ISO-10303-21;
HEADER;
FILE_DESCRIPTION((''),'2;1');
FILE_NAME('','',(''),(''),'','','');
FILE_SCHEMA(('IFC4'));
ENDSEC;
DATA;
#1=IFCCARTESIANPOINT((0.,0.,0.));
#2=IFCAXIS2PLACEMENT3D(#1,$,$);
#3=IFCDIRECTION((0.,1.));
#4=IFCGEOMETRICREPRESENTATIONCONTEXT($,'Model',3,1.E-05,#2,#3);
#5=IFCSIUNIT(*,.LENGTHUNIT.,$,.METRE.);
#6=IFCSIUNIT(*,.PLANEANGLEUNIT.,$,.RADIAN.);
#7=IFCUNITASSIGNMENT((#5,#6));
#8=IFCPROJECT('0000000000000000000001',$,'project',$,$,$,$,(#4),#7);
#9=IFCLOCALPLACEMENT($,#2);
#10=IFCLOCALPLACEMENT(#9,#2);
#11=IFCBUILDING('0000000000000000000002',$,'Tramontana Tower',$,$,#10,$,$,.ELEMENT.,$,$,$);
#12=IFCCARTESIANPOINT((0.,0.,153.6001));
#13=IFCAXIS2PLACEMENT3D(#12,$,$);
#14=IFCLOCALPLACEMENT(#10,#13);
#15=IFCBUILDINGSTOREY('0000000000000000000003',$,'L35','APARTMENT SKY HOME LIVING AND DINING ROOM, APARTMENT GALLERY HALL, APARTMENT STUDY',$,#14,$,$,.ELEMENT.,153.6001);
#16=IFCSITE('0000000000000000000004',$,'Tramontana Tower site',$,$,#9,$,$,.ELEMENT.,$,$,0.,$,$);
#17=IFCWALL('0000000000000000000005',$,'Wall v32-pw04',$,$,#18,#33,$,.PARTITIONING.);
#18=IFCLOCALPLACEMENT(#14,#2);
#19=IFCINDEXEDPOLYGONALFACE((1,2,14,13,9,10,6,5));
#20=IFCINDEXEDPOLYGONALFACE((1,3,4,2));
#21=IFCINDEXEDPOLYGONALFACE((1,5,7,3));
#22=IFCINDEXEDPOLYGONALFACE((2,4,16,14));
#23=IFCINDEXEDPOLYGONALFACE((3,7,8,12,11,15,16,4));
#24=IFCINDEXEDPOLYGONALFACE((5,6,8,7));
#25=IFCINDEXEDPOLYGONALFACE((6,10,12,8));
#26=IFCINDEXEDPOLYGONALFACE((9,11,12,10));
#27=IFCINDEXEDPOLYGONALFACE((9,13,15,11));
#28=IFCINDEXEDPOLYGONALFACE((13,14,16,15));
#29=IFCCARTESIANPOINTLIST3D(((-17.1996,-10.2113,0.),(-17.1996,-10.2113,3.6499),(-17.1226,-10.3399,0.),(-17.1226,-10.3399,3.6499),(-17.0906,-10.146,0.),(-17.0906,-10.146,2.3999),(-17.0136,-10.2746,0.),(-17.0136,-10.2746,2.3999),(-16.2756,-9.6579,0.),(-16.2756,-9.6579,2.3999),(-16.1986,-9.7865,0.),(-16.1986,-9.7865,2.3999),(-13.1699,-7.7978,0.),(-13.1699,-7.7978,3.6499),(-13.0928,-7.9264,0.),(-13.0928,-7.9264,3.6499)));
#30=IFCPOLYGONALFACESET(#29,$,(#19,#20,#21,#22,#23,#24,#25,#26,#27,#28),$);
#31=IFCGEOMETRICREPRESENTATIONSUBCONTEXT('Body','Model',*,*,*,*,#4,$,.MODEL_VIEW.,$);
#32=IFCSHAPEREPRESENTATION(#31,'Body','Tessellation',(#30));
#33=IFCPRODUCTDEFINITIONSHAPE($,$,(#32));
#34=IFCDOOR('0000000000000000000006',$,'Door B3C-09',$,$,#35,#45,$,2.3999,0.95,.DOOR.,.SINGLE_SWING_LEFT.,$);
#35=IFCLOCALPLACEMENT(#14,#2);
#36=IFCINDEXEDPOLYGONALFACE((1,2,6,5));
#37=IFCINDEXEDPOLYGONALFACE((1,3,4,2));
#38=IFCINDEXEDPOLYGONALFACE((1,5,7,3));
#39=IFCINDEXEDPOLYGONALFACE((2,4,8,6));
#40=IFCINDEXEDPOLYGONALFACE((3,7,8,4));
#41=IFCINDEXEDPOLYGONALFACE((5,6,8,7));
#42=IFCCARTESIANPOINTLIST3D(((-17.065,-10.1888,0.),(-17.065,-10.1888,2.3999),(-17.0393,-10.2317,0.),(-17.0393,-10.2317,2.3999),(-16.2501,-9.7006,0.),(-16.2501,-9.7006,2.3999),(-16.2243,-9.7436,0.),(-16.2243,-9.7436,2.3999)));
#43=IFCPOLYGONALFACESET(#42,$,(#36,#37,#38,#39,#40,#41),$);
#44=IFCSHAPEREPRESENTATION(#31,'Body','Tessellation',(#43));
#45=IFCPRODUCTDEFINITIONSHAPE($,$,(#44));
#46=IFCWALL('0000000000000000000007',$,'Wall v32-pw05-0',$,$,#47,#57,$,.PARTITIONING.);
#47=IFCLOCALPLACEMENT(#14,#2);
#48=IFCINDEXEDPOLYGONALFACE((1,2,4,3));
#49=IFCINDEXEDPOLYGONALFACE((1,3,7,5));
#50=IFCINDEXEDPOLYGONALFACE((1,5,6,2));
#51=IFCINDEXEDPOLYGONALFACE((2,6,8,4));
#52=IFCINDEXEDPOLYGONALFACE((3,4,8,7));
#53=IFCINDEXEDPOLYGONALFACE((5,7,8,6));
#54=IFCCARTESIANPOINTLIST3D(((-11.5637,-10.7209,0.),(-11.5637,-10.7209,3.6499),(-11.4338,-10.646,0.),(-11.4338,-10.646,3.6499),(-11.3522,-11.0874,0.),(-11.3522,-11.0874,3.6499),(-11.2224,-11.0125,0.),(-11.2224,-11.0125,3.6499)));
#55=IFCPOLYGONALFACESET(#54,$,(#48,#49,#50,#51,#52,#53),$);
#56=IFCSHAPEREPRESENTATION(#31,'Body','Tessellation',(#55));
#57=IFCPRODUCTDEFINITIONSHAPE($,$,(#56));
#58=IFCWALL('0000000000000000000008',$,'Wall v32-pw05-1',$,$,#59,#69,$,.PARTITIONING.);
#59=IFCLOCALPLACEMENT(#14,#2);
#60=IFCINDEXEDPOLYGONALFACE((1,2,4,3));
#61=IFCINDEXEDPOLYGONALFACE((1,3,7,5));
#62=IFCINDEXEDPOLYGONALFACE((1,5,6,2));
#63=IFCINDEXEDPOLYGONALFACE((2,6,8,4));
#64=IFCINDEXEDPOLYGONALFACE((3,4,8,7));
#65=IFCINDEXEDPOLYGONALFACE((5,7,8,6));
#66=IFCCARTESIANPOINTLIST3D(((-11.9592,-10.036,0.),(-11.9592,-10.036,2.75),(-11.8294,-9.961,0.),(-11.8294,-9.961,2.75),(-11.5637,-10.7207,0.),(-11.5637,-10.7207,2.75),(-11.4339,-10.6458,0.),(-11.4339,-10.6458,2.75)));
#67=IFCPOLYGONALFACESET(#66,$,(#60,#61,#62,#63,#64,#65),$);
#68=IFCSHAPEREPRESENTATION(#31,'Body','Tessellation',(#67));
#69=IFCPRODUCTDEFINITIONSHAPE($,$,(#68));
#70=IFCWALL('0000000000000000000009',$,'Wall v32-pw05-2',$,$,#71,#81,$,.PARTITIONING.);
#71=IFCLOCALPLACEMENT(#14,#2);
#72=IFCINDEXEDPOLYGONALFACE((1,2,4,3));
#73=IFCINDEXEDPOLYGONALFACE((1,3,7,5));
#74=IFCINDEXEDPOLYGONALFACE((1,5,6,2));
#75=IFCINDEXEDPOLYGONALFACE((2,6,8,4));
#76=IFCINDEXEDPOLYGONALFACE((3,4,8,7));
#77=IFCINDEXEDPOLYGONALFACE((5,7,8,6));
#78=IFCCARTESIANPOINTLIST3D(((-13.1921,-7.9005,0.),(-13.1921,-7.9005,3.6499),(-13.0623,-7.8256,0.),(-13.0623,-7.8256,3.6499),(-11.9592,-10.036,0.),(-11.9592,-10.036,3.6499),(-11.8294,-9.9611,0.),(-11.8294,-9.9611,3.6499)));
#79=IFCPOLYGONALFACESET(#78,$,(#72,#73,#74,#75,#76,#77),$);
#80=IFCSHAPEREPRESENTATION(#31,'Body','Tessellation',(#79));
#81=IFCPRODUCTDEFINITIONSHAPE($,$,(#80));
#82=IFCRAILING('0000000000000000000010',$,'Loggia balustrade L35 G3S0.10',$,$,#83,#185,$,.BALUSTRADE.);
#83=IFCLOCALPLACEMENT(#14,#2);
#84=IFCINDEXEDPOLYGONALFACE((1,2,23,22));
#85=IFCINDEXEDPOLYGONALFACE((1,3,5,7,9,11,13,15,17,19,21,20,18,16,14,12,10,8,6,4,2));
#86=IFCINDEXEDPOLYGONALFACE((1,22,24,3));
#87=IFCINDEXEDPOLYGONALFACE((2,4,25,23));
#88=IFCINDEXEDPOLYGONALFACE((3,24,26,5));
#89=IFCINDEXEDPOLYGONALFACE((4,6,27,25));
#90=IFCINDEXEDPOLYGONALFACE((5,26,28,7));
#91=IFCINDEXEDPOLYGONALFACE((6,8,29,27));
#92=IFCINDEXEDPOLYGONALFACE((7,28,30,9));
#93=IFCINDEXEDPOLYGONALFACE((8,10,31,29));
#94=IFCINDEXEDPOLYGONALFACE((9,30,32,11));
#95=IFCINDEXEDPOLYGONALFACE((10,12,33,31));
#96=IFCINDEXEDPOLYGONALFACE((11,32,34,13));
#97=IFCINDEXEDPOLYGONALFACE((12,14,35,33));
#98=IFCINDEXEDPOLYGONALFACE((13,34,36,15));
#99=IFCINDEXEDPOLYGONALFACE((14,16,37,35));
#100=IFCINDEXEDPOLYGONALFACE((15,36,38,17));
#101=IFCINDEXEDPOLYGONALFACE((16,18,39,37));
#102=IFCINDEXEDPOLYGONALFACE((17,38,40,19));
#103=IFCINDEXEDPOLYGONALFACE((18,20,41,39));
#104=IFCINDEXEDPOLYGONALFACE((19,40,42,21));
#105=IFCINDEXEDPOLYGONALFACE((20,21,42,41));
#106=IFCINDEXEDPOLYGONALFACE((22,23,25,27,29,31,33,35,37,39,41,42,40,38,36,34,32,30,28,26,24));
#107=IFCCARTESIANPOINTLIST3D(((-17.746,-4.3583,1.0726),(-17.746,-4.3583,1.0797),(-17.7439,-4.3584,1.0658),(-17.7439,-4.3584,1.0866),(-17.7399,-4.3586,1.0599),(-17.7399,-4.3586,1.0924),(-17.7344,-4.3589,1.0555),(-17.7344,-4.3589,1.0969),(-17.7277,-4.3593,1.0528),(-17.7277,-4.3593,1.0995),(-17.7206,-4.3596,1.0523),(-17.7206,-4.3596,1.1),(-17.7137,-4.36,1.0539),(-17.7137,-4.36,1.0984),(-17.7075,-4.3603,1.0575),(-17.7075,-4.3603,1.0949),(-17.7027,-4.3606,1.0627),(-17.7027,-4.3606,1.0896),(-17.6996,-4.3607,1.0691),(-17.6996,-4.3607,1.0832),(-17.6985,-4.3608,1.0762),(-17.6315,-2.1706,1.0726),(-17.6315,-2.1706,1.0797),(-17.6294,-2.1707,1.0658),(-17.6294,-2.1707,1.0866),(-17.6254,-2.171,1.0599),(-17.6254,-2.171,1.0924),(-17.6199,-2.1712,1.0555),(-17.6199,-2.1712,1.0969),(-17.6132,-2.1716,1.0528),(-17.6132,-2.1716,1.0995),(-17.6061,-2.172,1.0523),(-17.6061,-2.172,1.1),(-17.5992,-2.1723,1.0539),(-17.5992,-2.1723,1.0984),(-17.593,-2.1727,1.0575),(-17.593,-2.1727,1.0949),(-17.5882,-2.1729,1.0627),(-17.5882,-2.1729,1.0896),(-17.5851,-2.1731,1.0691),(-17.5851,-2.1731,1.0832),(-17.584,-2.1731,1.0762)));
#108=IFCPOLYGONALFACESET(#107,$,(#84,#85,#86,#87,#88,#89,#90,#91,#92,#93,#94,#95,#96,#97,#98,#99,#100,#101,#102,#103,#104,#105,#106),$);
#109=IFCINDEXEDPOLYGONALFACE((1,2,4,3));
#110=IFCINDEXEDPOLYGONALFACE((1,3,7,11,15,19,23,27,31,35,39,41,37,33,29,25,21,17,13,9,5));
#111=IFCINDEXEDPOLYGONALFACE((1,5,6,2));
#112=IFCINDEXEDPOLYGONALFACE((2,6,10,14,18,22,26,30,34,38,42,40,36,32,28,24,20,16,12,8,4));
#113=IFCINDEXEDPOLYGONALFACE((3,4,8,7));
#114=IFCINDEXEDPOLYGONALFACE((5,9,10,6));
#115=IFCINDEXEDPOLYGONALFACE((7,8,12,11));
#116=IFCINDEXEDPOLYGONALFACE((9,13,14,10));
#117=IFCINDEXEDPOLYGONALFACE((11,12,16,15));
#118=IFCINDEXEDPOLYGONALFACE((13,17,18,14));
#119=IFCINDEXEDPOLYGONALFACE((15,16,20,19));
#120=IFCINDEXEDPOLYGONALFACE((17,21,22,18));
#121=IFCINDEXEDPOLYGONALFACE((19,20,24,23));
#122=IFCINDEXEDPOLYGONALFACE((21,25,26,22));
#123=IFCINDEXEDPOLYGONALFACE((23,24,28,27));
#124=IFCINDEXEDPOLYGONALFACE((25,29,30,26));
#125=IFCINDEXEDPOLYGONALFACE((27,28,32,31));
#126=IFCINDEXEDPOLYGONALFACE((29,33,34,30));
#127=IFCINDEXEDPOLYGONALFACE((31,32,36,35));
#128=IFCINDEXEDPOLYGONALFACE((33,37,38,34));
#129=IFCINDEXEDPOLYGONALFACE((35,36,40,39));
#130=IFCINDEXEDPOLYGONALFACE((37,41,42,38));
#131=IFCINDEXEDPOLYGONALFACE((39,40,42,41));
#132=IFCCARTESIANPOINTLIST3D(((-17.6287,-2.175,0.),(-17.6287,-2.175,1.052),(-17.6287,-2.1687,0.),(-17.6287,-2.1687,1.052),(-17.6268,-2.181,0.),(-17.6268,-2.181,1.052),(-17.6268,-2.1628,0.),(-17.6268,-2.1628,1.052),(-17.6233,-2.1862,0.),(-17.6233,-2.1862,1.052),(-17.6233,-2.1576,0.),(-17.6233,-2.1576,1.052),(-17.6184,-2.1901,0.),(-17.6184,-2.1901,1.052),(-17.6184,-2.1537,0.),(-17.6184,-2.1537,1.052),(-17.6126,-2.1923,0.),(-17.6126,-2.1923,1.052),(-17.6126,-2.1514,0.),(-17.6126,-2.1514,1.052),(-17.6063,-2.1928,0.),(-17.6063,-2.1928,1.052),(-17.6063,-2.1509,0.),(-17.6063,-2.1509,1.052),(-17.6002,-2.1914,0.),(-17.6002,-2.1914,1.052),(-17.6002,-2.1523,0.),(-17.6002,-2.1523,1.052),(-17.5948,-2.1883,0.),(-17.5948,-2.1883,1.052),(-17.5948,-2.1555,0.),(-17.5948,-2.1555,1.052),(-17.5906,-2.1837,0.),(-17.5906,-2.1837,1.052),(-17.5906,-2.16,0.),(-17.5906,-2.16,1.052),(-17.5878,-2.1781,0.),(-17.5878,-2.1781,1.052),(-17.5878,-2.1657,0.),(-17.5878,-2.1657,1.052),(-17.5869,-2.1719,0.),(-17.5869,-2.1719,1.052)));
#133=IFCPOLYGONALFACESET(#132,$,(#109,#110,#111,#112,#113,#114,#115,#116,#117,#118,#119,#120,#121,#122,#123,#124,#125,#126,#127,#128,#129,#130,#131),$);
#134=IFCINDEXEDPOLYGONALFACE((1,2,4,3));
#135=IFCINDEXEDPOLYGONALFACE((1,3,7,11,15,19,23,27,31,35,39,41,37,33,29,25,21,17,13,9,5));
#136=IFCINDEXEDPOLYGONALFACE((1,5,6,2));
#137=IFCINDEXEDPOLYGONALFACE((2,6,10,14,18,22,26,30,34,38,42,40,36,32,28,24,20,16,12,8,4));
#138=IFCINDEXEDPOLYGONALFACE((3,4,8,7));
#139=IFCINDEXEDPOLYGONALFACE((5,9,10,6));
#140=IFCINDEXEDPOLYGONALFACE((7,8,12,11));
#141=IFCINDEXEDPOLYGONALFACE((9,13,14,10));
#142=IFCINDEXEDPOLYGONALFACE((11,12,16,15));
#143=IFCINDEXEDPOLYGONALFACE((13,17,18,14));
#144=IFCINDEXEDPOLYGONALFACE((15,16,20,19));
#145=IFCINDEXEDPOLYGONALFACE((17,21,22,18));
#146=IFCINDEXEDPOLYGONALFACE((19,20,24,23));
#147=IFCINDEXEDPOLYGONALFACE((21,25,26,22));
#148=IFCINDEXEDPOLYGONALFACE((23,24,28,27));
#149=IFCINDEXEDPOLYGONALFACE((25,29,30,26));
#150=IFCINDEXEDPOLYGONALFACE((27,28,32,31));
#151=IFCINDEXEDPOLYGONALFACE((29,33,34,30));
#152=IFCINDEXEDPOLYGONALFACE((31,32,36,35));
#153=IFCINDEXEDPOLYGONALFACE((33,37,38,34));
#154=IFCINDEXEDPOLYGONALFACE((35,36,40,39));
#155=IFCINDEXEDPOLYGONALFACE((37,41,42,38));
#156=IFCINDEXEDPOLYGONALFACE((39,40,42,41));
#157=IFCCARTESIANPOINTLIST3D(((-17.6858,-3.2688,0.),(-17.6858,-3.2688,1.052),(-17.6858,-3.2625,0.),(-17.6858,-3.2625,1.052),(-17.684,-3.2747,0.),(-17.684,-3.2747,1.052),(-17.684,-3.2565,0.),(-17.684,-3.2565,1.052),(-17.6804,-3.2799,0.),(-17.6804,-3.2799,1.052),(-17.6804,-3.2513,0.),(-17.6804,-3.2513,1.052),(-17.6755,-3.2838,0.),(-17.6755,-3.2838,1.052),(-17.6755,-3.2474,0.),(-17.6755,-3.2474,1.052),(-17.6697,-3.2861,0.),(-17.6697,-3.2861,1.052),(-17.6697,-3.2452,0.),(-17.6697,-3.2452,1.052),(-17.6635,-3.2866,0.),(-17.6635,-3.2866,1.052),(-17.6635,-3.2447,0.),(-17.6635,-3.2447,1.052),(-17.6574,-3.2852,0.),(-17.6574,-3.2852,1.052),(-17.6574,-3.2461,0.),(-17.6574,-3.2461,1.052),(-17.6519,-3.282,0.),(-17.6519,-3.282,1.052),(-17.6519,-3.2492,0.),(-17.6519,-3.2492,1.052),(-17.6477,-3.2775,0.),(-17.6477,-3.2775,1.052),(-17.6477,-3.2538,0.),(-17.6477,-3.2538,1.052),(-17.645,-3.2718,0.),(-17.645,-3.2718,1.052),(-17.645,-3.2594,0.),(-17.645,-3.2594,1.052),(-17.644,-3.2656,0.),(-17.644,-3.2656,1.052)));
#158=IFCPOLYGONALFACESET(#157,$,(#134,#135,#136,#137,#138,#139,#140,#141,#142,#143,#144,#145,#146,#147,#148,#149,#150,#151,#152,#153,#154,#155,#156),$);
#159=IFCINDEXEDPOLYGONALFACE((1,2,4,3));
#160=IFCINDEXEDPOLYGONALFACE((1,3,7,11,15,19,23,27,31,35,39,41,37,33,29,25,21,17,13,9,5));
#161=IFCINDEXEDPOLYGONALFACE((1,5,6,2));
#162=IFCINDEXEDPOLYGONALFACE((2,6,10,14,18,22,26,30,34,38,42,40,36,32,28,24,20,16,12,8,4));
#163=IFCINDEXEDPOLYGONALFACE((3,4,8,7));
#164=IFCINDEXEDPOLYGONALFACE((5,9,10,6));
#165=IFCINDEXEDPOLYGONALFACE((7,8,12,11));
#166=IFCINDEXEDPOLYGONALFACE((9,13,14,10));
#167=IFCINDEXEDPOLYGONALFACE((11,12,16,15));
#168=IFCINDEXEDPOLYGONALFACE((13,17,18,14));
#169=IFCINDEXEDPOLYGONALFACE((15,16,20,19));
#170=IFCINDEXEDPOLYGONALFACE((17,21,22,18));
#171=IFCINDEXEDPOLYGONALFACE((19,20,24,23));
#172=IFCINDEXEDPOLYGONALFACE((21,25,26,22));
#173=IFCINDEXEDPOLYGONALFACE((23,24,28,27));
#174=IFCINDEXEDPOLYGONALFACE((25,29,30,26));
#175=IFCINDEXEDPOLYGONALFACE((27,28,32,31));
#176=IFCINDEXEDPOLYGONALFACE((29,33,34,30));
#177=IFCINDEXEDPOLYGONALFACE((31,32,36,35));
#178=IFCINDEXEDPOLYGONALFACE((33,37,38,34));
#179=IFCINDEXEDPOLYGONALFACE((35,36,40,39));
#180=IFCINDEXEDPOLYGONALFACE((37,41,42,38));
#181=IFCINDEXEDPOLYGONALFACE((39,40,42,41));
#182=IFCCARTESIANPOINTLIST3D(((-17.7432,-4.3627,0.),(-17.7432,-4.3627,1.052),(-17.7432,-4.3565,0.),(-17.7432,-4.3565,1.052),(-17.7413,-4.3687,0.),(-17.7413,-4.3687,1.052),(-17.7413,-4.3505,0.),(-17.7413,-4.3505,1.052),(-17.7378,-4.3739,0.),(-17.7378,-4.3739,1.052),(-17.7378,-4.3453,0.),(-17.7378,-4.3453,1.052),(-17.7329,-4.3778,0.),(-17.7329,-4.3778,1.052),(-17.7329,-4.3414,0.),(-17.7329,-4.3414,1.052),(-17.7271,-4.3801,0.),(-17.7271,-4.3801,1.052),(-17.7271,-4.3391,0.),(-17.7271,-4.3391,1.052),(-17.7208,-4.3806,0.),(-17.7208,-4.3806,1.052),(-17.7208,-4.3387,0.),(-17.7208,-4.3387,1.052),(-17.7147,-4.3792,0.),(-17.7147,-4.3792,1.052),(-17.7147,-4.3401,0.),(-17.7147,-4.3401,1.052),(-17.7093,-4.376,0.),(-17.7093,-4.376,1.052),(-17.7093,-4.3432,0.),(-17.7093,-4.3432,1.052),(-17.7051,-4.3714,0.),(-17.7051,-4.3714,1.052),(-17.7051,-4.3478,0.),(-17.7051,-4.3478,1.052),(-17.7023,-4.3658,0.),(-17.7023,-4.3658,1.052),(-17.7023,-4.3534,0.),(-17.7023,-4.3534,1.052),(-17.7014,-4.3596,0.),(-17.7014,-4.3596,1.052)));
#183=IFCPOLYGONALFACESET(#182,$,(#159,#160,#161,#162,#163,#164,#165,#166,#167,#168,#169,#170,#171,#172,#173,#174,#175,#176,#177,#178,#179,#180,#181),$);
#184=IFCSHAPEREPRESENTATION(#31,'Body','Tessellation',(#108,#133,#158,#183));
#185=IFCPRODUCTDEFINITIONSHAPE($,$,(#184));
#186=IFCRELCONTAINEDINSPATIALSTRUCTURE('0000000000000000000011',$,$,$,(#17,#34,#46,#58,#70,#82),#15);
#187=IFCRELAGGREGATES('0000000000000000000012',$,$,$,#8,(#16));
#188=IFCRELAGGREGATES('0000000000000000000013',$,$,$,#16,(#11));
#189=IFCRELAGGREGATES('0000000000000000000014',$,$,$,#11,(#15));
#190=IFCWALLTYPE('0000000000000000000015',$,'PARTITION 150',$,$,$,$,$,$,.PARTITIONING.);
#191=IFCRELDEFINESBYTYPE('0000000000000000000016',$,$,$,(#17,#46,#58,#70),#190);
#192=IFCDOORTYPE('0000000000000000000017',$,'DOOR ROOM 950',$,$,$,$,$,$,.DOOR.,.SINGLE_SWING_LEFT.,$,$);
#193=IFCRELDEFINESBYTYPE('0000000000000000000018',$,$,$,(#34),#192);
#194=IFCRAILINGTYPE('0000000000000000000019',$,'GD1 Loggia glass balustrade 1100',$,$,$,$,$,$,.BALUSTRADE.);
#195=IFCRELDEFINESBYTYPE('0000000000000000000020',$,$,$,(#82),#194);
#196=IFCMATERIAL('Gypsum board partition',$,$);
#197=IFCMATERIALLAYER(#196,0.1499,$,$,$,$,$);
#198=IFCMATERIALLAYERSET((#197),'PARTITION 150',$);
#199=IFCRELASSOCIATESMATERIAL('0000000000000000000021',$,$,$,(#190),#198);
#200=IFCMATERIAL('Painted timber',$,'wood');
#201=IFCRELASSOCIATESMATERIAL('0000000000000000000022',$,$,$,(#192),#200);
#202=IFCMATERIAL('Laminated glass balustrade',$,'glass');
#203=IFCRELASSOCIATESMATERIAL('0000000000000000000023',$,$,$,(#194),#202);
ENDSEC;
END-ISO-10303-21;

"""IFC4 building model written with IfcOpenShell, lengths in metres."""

from ifc_helpers import new_model, si_unit, direction, frame, frame_2d, origin, origin_2d, place, context, subcontext, project, spatial, rectangle, circle, extrude, material, layer, layer_set, type_object, element, fill, save


model = new_model("IFC4")

# Units and contexts
model_context = context("Model", 3, precision=1e-05, world=origin(), true_north=direction((0.0, 1.0)))
body_context = subcontext(model_context, "Body", "Model", "MODEL_VIEW")
ifc_project = project(units=[si_unit("LENGTHUNIT", "METRE"), si_unit("PLANEANGLEUNIT", "RADIAN")], contexts=[model_context])

# Site, building, storey
site_placement = place(None, origin())
site = spatial("IfcSite", under=ifc_project, at=site_placement, Name="Tramontana Tower site", CompositionType="ELEMENT", RefElevation=0.0)
building_placement = place(site_placement, origin())
building = spatial("IfcBuilding", under=site, at=building_placement, Name="Tramontana Tower", CompositionType="ELEMENT")
storey_placement = place(building_placement, frame((0.0, 0.0, 153.6001)))
storey = spatial("IfcBuildingStorey", under=building, at=storey_placement, Name="L35", Description="APARTMENT SKY HOME LIVING AND DINING ROOM, APARTMENT GALLERY HALL, APARTMENT STUDY", CompositionType="ELEMENT", Elevation=153.6001)

# Shared definitions
ifc_material_1 = material(Name="Gypsum board partition")
ifc_layer_1 = layer(ifc_material_1, 0.1499)
ifc_layer_set_1 = layer_set([ifc_layer_1], Name="PARTITION 150")
wall_type_1 = type_object("IfcWallType", Name="PARTITION 150", PredefinedType="PARTITIONING", material=ifc_layer_set_1)

# Wall, opening, door
wall_1_placement = place(storey_placement, frame((-13.1313, -7.8621, 0.0), z_axis=(0.0, 0.0, 1.0), x_axis=(-0.857896, -0.513823, 0.0)))
wall_1 = element("IfcWall", 1, at=wall_1_placement, inside=storey, type_object=wall_type_1, Name="Wall v32-pw04", PredefinedType="PARTITIONING", context=body_context, shape_type="SweptSolid", body=[
    extrude(rectangle(XDim=4.6973, YDim=0.1499, at=frame_2d((2.3486, 0.0))), origin(), (0.0, 0.0, 1.0), 3.6499),
])
opening_1_placement = place(wall_1_placement, frame((3.6201, 0.0, 0.0)))
opening_1 = element("IfcOpeningElement", 2, at=opening_1_placement, cuts=wall_1, PredefinedType="OPENING", context=body_context, shape_type="SweptSolid", body=[
    extrude(rectangle(XDim=0.95, YDim=2.3999, at=frame_2d((0.4751, 1.2))), frame((0.0, 0.085, 0.0), z_axis=(0.0, -1.0, 0.0), x_axis=(1.0, 0.0, 0.0)), (0.0, 0.0, 1.0), 0.1699),
])
ifc_material_2 = material(Name="Painted timber", Category="wood")
door_type_1 = type_object("IfcDoorType", Name="DOOR ROOM 950", OperationType="SINGLE_SWING_LEFT", PredefinedType="DOOR", material=ifc_material_2)
door_1_placement = place(opening_1_placement, origin())
door_1 = element("IfcDoor", 3, at=door_1_placement, inside=storey, type_object=door_type_1, Name="Door B3C-09", OperationType="SINGLE_SWING_LEFT", OverallHeight=2.3999, OverallWidth=0.95, PredefinedType="DOOR", context=body_context, shape_type="SweptSolid", body=[
    extrude(rectangle(XDim=0.95, YDim=2.3999, at=frame_2d((0.4751, 1.2))), frame((0.0, 0.0249, 0.0), z_axis=(0.0, -1.0, 0.0), x_axis=(1.0, 0.0, 0.0)), (0.0, 0.0, 1.0), 0.05),
])
fill(opening_1, door_1)

# Walls
wall_2_placement = place(storey_placement, frame((-11.2874, -11.0498, 0.0), z_axis=(0.0, 0.0, 1.0), x_axis=(-0.499739, 0.866176, 0.0)))
element("IfcWall", 4, at=wall_2_placement, inside=storey, type_object=wall_type_1, Name="Wall v32-pw05-0", PredefinedType="PARTITIONING", context=body_context, shape_type="SweptSolid", body=[
    extrude(rectangle(XDim=0.4231, YDim=0.1499, at=frame_2d((0.2114, 0.0))), origin(), (0.0, 0.0, 1.0), 3.6499),
])
wall_3_placement = place(storey_placement, frame((-11.4988, -10.6833, 0.0), z_axis=(0.0, 0.0, 1.0), x_axis=(-0.500123, 0.865954, 0.0)))
element("IfcWall", 5, at=wall_3_placement, inside=storey, type_object=wall_type_1, Name="Wall v32-pw05-1", PredefinedType="PARTITIONING", context=body_context, shape_type="SweptSolid", body=[
    extrude(rectangle(XDim=0.7908, YDim=0.1499, at=frame_2d((0.3955, 0.0))), origin(), (0.0, 0.0, 1.0), 2.75),
])
wall_4_placement = place(storey_placement, frame((-11.8943, -9.9985, 0.0), z_axis=(0.0, 0.0, 1.0), x_axis=(-0.499994, 0.866029, 0.0)))
element("IfcWall", 6, at=wall_4_placement, inside=storey, type_object=wall_type_1, Name="Wall v32-pw05-2", PredefinedType="PARTITIONING", context=body_context, shape_type="SweptSolid", body=[
    extrude(rectangle(XDim=2.4658, YDim=0.1499, at=frame_2d((1.2329, 0.0))), origin(), (0.0, 0.0, 1.0), 3.6499),
])

# Railing
ifc_material_3 = material(Name="Laminated glass balustrade", Category="glass")
railing_type = type_object("IfcRailingType", Name="GD1 Loggia glass balustrade 1100", PredefinedType="BALUSTRADE", material=ifc_material_3)
railing_placement = place(storey_placement, frame((-17.6079, -2.1719, 0.0)))
element("IfcRailing", 7, at=railing_placement, inside=storey, type_object=railing_type, Name="Loggia balustrade L35 G3S0.10", PredefinedType="BALUSTRADE", context=body_context, shape_type="SweptSolid", body=[
    extrude(circle(Radius=0.0239, at=origin_2d()), frame((0.0, 0.0, 1.0762), z_axis=(-0.052266, -0.998633, 0.0), x_axis=(0.998633, -0.052266, 0.0)), (0.0, 0.0, 1.0), 2.1907),
    extrude(circle(Radius=0.021, at=origin_2d()), origin(), (0.0, 0.0, 1.0), 1.052),
    extrude(circle(Radius=0.021, at=origin_2d()), frame((-0.0571, -1.0938, 0.0)), (0.0, 0.0, 1.0), 1.052),
    extrude(circle(Radius=0.021, at=origin_2d()), frame((-0.1145, -2.1877, 0.0)), (0.0, 0.0, 1.0), 1.052),
])

save(model, "model.ifc")
